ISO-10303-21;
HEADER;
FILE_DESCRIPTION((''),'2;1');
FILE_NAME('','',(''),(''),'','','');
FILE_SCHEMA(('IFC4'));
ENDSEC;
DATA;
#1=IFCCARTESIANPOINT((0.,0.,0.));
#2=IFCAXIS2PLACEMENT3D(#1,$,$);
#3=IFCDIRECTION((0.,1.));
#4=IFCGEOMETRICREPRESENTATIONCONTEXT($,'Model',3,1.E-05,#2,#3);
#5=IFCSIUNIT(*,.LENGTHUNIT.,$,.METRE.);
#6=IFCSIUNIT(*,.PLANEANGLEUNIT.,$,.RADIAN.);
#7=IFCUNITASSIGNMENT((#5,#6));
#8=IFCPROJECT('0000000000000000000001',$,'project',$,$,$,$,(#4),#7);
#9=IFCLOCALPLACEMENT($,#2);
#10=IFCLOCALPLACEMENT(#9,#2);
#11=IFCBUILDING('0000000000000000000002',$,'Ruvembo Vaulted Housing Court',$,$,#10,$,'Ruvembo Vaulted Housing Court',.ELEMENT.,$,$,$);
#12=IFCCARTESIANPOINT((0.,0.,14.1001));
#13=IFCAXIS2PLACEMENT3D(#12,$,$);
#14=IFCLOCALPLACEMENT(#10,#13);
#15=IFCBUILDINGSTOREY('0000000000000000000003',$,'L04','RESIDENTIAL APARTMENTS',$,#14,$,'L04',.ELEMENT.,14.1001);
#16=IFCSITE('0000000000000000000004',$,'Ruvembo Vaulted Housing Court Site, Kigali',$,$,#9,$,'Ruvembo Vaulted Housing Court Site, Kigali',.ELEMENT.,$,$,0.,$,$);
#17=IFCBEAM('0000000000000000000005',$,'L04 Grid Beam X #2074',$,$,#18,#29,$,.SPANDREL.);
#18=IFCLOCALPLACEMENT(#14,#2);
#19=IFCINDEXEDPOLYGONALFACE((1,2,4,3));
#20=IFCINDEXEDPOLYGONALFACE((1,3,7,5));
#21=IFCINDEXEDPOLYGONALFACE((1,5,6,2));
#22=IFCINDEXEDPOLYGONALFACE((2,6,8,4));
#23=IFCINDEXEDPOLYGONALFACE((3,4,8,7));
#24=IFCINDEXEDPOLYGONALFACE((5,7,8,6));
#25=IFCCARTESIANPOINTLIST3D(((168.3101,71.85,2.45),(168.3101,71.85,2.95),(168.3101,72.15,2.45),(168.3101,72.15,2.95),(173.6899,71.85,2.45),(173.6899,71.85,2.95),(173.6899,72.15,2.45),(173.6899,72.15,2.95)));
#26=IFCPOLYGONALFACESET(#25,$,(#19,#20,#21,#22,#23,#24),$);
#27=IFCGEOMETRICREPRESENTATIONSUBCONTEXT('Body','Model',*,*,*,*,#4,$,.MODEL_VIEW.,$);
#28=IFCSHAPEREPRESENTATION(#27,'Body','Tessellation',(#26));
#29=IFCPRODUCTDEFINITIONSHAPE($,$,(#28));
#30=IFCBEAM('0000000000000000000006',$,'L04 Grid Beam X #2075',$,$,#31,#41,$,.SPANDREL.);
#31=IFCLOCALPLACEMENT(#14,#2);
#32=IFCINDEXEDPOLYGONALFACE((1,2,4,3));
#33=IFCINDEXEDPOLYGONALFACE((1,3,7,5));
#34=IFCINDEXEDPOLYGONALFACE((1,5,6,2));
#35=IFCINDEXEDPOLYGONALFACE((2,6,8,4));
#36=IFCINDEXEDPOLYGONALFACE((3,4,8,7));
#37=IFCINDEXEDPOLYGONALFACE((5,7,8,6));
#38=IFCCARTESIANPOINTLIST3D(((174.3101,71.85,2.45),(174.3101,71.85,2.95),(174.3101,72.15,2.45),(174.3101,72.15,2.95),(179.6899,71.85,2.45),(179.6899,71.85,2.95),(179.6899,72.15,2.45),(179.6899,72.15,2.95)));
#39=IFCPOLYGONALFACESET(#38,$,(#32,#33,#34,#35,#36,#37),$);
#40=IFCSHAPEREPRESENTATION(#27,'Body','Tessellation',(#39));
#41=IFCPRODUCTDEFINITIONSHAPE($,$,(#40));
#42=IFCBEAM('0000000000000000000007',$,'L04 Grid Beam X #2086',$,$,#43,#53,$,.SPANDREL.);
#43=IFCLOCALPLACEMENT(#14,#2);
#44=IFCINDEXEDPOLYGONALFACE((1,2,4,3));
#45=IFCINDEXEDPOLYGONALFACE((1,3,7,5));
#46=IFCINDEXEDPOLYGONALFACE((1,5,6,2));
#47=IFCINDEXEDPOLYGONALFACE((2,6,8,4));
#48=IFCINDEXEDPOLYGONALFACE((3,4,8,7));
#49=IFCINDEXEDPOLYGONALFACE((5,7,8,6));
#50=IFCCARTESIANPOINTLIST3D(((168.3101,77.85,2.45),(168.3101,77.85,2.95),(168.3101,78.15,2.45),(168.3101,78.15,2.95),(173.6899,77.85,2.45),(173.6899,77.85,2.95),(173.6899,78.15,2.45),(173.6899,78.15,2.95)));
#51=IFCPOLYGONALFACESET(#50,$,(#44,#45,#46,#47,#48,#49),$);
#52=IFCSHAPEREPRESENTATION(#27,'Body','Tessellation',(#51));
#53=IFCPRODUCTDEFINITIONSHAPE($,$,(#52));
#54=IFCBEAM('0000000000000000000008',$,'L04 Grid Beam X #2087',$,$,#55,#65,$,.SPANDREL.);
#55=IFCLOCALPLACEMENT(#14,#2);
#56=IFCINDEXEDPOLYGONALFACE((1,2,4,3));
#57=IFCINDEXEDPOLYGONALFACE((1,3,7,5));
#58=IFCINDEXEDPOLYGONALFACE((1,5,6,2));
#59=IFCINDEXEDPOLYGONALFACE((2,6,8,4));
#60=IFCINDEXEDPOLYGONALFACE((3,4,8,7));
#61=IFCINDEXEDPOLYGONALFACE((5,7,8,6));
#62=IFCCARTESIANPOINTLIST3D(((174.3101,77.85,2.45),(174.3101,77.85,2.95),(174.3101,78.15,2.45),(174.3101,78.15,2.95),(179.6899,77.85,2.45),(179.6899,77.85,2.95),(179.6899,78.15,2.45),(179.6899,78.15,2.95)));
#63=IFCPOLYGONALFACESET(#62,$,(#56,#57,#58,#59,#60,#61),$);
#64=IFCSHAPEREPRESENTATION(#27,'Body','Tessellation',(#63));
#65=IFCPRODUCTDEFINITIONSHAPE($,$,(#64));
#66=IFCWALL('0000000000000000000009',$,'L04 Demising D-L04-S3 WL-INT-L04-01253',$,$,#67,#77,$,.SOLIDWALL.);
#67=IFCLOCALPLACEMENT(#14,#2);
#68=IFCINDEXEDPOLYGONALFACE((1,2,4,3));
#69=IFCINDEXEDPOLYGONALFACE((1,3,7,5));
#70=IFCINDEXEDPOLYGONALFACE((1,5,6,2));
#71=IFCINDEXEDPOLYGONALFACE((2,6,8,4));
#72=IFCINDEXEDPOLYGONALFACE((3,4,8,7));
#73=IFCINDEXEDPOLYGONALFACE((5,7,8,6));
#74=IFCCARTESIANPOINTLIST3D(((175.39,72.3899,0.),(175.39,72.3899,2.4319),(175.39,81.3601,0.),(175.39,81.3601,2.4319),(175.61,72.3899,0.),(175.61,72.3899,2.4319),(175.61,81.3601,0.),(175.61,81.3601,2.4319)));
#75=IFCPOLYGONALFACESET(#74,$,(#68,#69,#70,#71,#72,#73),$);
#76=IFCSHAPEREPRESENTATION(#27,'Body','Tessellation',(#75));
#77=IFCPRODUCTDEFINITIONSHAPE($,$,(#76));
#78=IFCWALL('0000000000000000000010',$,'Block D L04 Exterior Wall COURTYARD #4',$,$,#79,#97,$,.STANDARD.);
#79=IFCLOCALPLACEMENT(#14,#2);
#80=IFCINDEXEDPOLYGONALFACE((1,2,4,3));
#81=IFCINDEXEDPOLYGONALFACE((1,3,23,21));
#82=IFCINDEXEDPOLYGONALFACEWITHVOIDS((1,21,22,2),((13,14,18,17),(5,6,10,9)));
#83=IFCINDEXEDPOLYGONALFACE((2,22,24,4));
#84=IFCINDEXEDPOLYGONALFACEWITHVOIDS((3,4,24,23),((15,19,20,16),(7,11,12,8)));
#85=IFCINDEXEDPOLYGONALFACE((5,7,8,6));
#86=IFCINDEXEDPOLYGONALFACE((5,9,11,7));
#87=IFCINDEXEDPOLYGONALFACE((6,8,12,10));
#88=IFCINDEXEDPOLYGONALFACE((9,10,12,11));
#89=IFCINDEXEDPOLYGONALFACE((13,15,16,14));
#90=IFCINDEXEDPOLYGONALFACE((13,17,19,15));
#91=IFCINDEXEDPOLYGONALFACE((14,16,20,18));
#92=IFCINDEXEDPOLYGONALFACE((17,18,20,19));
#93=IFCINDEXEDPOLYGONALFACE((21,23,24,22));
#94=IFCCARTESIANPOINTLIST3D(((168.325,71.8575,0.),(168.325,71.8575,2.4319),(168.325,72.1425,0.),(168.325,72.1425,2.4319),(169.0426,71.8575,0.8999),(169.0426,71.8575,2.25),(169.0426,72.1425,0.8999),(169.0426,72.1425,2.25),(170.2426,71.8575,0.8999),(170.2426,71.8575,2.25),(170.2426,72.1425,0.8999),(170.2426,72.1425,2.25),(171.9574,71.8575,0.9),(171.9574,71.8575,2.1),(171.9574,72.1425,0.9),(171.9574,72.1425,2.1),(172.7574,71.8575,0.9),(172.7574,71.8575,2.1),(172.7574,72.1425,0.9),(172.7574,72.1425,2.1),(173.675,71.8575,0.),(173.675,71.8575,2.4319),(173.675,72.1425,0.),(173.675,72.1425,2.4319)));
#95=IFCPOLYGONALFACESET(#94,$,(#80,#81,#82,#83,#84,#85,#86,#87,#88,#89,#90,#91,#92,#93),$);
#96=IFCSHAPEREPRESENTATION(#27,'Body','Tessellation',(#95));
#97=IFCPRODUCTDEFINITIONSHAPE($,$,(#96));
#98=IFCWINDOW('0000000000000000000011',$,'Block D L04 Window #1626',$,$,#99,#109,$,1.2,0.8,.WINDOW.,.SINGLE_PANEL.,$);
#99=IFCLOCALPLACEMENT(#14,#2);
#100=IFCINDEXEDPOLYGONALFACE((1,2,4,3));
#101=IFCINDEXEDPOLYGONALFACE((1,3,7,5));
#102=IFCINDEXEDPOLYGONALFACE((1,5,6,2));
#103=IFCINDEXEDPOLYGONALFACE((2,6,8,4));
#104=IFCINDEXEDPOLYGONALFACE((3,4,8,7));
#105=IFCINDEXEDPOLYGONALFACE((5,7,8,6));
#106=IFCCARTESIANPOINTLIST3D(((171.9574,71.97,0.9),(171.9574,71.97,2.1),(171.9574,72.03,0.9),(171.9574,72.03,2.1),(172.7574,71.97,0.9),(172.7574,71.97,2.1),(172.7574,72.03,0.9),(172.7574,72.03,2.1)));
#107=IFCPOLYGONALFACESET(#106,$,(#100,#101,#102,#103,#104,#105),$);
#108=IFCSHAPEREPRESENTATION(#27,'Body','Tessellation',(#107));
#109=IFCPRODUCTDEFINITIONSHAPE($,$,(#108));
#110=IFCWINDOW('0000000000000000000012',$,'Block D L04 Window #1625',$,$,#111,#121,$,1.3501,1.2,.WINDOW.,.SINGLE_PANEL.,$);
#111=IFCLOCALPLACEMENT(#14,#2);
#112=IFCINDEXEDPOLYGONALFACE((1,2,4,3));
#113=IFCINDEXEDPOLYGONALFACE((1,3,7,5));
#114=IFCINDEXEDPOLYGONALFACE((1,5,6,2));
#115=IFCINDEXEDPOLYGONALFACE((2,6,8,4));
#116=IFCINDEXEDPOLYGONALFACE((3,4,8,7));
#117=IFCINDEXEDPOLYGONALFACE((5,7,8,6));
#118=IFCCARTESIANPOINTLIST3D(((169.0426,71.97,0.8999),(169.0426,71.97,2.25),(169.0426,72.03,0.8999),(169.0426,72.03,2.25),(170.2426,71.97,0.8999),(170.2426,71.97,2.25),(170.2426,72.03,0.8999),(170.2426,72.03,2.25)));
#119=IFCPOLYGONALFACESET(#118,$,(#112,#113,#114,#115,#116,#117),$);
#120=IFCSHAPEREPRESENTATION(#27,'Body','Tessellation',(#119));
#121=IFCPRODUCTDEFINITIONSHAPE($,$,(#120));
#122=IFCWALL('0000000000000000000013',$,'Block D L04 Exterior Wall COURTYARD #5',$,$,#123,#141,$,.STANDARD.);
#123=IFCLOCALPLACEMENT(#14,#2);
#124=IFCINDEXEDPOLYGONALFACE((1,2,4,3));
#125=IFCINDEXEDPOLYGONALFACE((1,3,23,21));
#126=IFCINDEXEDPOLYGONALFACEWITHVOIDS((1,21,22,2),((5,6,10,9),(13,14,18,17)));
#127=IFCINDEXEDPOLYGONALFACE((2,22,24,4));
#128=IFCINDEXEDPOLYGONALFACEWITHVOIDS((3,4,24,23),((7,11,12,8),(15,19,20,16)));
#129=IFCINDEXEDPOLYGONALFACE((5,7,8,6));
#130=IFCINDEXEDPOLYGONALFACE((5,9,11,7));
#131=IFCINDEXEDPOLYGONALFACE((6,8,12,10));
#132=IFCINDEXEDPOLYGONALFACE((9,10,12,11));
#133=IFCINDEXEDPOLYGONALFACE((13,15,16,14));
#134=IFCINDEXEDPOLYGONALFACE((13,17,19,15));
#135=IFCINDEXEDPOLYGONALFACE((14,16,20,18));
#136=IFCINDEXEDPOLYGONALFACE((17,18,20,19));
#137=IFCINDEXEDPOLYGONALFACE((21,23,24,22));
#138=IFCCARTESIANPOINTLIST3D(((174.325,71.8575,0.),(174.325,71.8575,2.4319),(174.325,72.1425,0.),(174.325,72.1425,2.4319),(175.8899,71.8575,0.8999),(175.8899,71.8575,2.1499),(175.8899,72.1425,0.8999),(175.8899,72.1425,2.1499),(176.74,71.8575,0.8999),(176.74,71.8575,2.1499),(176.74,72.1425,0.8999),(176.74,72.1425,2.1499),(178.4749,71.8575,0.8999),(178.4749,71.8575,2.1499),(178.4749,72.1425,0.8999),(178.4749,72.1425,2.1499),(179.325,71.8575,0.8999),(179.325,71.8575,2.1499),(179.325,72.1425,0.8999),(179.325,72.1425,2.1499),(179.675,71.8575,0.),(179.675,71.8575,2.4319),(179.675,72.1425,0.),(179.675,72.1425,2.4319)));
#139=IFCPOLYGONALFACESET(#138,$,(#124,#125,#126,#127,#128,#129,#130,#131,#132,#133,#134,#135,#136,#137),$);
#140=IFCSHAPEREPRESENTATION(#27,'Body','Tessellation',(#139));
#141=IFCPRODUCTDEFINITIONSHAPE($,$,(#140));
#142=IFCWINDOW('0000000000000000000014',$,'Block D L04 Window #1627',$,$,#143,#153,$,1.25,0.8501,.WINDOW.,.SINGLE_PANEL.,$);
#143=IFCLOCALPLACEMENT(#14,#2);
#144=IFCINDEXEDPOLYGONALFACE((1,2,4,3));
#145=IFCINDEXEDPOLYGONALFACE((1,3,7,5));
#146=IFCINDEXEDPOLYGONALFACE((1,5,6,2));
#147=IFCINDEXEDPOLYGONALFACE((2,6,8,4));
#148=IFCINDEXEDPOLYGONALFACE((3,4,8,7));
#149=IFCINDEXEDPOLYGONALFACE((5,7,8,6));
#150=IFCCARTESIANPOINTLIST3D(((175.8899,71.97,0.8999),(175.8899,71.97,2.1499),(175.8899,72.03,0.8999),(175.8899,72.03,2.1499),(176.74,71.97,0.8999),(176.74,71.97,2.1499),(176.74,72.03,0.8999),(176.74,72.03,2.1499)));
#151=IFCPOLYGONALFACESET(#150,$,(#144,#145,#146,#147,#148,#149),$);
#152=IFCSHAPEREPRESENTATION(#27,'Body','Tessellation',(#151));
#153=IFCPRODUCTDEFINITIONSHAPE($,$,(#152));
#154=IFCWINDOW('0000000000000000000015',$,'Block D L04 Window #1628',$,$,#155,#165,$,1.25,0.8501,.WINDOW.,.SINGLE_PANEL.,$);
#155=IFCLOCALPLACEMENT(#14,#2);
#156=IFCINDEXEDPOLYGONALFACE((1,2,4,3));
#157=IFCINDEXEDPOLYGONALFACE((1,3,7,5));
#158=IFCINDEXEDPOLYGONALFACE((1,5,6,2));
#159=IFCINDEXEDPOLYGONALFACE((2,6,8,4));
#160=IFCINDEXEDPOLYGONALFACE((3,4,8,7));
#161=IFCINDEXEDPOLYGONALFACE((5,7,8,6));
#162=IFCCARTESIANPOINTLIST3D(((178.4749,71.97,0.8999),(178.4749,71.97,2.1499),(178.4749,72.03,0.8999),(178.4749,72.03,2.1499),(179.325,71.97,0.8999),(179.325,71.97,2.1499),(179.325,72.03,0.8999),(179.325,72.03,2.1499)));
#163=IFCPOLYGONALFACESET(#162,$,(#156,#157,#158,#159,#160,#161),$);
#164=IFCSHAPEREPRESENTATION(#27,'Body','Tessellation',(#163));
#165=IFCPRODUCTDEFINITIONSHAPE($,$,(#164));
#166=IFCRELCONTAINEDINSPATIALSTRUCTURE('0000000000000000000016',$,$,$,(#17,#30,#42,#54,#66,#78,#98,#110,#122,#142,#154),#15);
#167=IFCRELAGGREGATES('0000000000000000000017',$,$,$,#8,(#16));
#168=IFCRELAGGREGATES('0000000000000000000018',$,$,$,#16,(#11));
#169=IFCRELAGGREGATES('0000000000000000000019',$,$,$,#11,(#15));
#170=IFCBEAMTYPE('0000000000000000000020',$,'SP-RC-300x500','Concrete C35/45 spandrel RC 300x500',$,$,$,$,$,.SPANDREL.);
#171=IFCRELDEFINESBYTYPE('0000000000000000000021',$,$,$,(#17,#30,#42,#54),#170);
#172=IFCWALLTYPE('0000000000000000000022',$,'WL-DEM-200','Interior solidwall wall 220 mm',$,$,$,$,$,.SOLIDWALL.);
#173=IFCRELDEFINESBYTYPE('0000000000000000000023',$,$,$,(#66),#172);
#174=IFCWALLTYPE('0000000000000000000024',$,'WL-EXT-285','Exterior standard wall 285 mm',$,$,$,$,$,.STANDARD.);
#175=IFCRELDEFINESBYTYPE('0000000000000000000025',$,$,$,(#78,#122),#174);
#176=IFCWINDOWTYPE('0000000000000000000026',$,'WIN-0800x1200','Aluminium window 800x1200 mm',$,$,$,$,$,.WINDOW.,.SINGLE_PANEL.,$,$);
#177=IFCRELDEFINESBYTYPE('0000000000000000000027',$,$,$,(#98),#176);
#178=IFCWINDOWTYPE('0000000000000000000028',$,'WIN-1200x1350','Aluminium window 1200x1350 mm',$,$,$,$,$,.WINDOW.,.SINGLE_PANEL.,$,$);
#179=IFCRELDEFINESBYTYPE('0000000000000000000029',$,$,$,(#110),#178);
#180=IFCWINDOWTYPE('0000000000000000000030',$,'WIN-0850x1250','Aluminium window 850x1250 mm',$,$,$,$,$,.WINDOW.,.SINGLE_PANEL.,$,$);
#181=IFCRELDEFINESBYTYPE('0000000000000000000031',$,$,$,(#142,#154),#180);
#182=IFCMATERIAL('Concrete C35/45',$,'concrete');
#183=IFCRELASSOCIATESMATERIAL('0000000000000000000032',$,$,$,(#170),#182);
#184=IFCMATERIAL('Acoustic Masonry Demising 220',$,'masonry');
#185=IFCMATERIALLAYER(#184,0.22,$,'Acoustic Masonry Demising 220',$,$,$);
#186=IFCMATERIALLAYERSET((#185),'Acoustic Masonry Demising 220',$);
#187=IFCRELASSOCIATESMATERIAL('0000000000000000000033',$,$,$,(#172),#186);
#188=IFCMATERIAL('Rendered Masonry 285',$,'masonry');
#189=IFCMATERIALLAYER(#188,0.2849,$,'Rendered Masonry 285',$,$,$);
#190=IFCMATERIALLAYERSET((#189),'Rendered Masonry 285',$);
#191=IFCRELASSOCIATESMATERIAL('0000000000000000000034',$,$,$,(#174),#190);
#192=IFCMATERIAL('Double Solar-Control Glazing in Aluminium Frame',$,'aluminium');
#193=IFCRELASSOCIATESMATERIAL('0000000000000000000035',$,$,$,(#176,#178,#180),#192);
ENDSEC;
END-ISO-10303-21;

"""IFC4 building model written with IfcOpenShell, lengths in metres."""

from ifc_helpers import new_model, si_unit, direction, frame, frame_2d, origin, origin_2d, place, context, subcontext, project, spatial, rectangle, extrude, material, layer, layer_set, material_profile, profile_set, type_object, element, fill, save


model = new_model("IFC4")

# Units and contexts
model_context = context("Model", 3, precision=1e-05, world=origin(), true_north=direction((0.0, 1.0)))
body_context = subcontext(model_context, "Body", "Model", "MODEL_VIEW")
ifc_project = project(units=[si_unit("LENGTHUNIT", "METRE"), si_unit("PLANEANGLEUNIT", "RADIAN")], contexts=[model_context])

# Site, building, storey
site_placement = place(None, origin())
site = spatial("IfcSite", under=ifc_project, at=site_placement, Name="Ruvembo Vaulted Housing Court Site, Kigali", LongName="Ruvembo Vaulted Housing Court Site, Kigali", CompositionType="ELEMENT", RefElevation=0.0)
building_placement = place(site_placement, origin())
building = spatial("IfcBuilding", under=site, at=building_placement, Name="Ruvembo Vaulted Housing Court", LongName="Ruvembo Vaulted Housing Court", CompositionType="ELEMENT")
storey_placement = place(building_placement, frame((0.0, 0.0, 14.1001)))
storey = spatial("IfcBuildingStorey", under=building, at=storey_placement, Name="L04", Description="RESIDENTIAL APARTMENTS", LongName="L04", CompositionType="ELEMENT", Elevation=14.1001)

# Beams
ifc_material_1 = material(Name="Concrete C35/45", Category="concrete")
ifc_material_profile_1 = material_profile(ifc_material_1, rectangle(XDim=0.3, YDim=0.5, at=origin_2d()), Name="RC 300x500")
ifc_profile_set_1 = profile_set([ifc_material_profile_1], Name="Concrete C35/45")
beam_type_1 = type_object("IfcBeamType", Name="SP-RC-300x500", Description="Concrete C35/45 spandrel RC 300x500", PredefinedType="SPANDREL", material=ifc_profile_set_1)
for number, where, z_axis, x_axis, name in (
    (1, (168.3101, 72.0, 2.7), (1.0, 0.0, 0.0), (0.0, 1.0, 0.0), "L04 Grid Beam X #2074"),
    (2, (174.3101, 72.0, 2.7), (1.0, 0.0, 0.0), (0.0, 1.0, 0.0), "L04 Grid Beam X #2075"),
    (3, (168.3101, 78.0, 2.7), (1.0, 0.0, 0.0), (0.0, 1.0, 0.0), "L04 Grid Beam X #2086"),
    (4, (174.3101, 78.0, 2.7), (1.0, 0.0, 0.0), (0.0, 1.0, 0.0), "L04 Grid Beam X #2087"),
):
    element("IfcBeam", number, at=place(storey_placement, frame(where, z_axis=z_axis, x_axis=x_axis)), inside=storey, type_object=beam_type_1, Name=name, PredefinedType="SPANDREL", context=body_context, shape_type="SweptSolid", body=[
        extrude(rectangle(XDim=0.3, YDim=0.5, at=origin_2d()), origin(), (0.0, 0.0, 1.0), 5.3799),
    ])

# Wall
ifc_material_2 = material(Name="Acoustic Masonry Demising 220", Category="masonry")
ifc_layer_1 = layer(ifc_material_2, 0.22, Name="Acoustic Masonry Demising 220")
ifc_layer_set_1 = layer_set([ifc_layer_1], Name="Acoustic Masonry Demising 220")
wall_type_1 = type_object("IfcWallType", Name="WL-DEM-200", Description="Interior solidwall wall 220 mm", PredefinedType="SOLIDWALL", material=ifc_layer_set_1)
wall_1_placement = place(storey_placement, frame((175.5, 72.3899, 0.0), z_axis=(0.0, 0.0, 1.0), x_axis=(0.0, 1.0, 0.0)))
element("IfcWall", 5, at=wall_1_placement, inside=storey, type_object=wall_type_1, Name="L04 Demising D-L04-S3 WL-INT-L04-01253", PredefinedType="SOLIDWALL", context=body_context, shape_type="SweptSolid", body=[
    extrude(rectangle(XDim=8.9702, YDim=0.22, at=frame_2d((4.4851, 0.0))), origin(), (0.0, 0.0, 1.0), 2.4319),
])

# Walls, openings, windows
ifc_material_3 = material(Name="Rendered Masonry 285", Category="masonry")
ifc_layer_2 = layer(ifc_material_3, 0.2849, Name="Rendered Masonry 285")
ifc_layer_set_2 = layer_set([ifc_layer_2], Name="Rendered Masonry 285")
wall_type_2 = type_object("IfcWallType", Name="WL-EXT-285", Description="Exterior standard wall 285 mm", PredefinedType="STANDARD", material=ifc_layer_set_2)
wall_2_placement = place(storey_placement, frame((168.325, 72.0, 0.0), z_axis=(0.0, 0.0, 1.0), x_axis=(1.0, 0.0, 0.0)))
wall_2 = element("IfcWall", 6, at=wall_2_placement, inside=storey, type_object=wall_type_2, Name="Block D L04 Exterior Wall COURTYARD #4", PredefinedType="STANDARD", context=body_context, shape_type="SweptSolid", body=[
    extrude(rectangle(XDim=5.3501, YDim=0.2849, at=frame_2d((2.675, 0.0))), origin(), (0.0, 0.0, 1.0), 2.4319),
])
opening_1_placement = place(wall_2_placement, frame((0.7175, 0.0, 0.8999)))
opening_1 = element("IfcOpeningElement", 7, at=opening_1_placement, cuts=wall_2, PredefinedType="OPENING", context=body_context, shape_type="SweptSolid", body=[
    extrude(rectangle(XDim=1.2, YDim=1.3501, at=frame_2d((0.6001, 0.675))), frame((0.0, 0.1523, 0.0), z_axis=(0.0, -1.0, 0.0), x_axis=(1.0, 0.0, 0.0)), (0.0, 0.0, 1.0), 0.3049),
])
opening_2_placement = place(wall_2_placement, frame((3.6326, 0.0, 0.8999)))
opening_2 = element("IfcOpeningElement", 8, at=opening_2_placement, cuts=wall_2, PredefinedType="OPENING", context=body_context, shape_type="SweptSolid", body=[
    extrude(rectangle(XDim=0.8, YDim=1.2, at=frame_2d((0.3999, 0.6001))), frame((0.0, 0.1523, 0.0), z_axis=(0.0, -1.0, 0.0), x_axis=(1.0, 0.0, 0.0)), (0.0, 0.0, 1.0), 0.3049),
])
ifc_material_4 = material(Name="Double Solar-Control Glazing in Aluminium Frame", Category="aluminium")
window_type_1 = type_object("IfcWindowType", Name="WIN-0800x1200", Description="Aluminium window 800x1200 mm", PartitioningType="SINGLE_PANEL", PredefinedType="WINDOW", material=ifc_material_4)
window_1_placement = place(opening_2_placement, origin())
window_1 = element("IfcWindow", 9, at=window_1_placement, inside=storey, type_object=window_type_1, Name="Block D L04 Window #1626", OverallHeight=1.2, OverallWidth=0.8, PartitioningType="SINGLE_PANEL", PredefinedType="WINDOW", context=body_context, shape_type="SweptSolid", body=[
    extrude(rectangle(XDim=0.8, YDim=1.2, at=frame_2d((0.3999, 0.6001))), frame((0.0, 0.03, 0.0), z_axis=(0.0, -1.0, 0.0), x_axis=(1.0, 0.0, 0.0)), (0.0, 0.0, 1.0), 0.0601),
])
fill(opening_2, window_1)
window_type_2 = type_object("IfcWindowType", Name="WIN-1200x1350", Description="Aluminium window 1200x1350 mm", PartitioningType="SINGLE_PANEL", PredefinedType="WINDOW", material=ifc_material_4)
window_2_placement = place(opening_1_placement, origin())
window_2 = element("IfcWindow", 10, at=window_2_placement, inside=storey, type_object=window_type_2, Name="Block D L04 Window #1625", OverallHeight=1.3501, OverallWidth=1.2, PartitioningType="SINGLE_PANEL", PredefinedType="WINDOW", context=body_context, shape_type="SweptSolid", body=[
    extrude(rectangle(XDim=1.2, YDim=1.3501, at=frame_2d((0.6001, 0.675))), frame((0.0, 0.03, 0.0), z_axis=(0.0, -1.0, 0.0), x_axis=(1.0, 0.0, 0.0)), (0.0, 0.0, 1.0), 0.0601),
])
fill(opening_1, window_2)
wall_3_placement = place(storey_placement, frame((174.325, 72.0, 0.0), z_axis=(0.0, 0.0, 1.0), x_axis=(1.0, 0.0, 0.0)))
wall_3 = element("IfcWall", 11, at=wall_3_placement, inside=storey, type_object=wall_type_2, Name="Block D L04 Exterior Wall COURTYARD #5", PredefinedType="STANDARD", context=body_context, shape_type="SweptSolid", body=[
    extrude(rectangle(XDim=5.3501, YDim=0.2849, at=frame_2d((2.675, 0.0))), origin(), (0.0, 0.0, 1.0), 2.4319),
])
opening_3_placement = place(wall_3_placement, frame((1.5649, 0.0, 0.8999)))
opening_3 = element("IfcOpeningElement", 12, at=opening_3_placement, cuts=wall_3, PredefinedType="OPENING", context=body_context, shape_type="SweptSolid", body=[
    extrude(rectangle(XDim=0.8501, YDim=1.25, at=frame_2d((0.425, 0.625))), frame((0.0, 0.1523, 0.0), z_axis=(0.0, -1.0, 0.0), x_axis=(1.0, 0.0, 0.0)), (0.0, 0.0, 1.0), 0.3049),
])
opening_4_placement = place(wall_3_placement, frame((4.1499, 0.0, 0.8999)))
opening_4 = element("IfcOpeningElement", 13, at=opening_4_placement, cuts=wall_3, PredefinedType="OPENING", context=body_context, shape_type="SweptSolid", body=[
    extrude(rectangle(XDim=0.8501, YDim=1.25, at=frame_2d((0.425, 0.625))), frame((0.0, 0.1523, 0.0), z_axis=(0.0, -1.0, 0.0), x_axis=(1.0, 0.0, 0.0)), (0.0, 0.0, 1.0), 0.3049),
])
window_type_3 = type_object("IfcWindowType", Name="WIN-0850x1250", Description="Aluminium window 850x1250 mm", PartitioningType="SINGLE_PANEL", PredefinedType="WINDOW", material=ifc_material_4)
window_3_placement = place(opening_3_placement, origin())
window_3 = element("IfcWindow", 14, at=window_3_placement, inside=storey, type_object=window_type_3, Name="Block D L04 Window #1627", OverallHeight=1.25, OverallWidth=0.8501, PartitioningType="SINGLE_PANEL", PredefinedType="WINDOW", context=body_context, shape_type="SweptSolid", body=[
    extrude(rectangle(XDim=0.8501, YDim=1.25, at=frame_2d((0.425, 0.625))), frame((0.0, 0.03, 0.0), z_axis=(0.0, -1.0, 0.0), x_axis=(1.0, 0.0, 0.0)), (0.0, 0.0, 1.0), 0.0601),
])
fill(opening_3, window_3)
window_4_placement = place(opening_4_placement, origin())
window_4 = element("IfcWindow", 15, at=window_4_placement, inside=storey, type_object=window_type_3, Name="Block D L04 Window #1628", OverallHeight=1.25, OverallWidth=0.8501, PartitioningType="SINGLE_PANEL", PredefinedType="WINDOW", context=body_context, shape_type="SweptSolid", body=[
    extrude(rectangle(XDim=0.8501, YDim=1.25, at=frame_2d((0.425, 0.625))), frame((0.0, 0.03, 0.0), z_axis=(0.0, -1.0, 0.0), x_axis=(1.0, 0.0, 0.0)), (0.0, 0.0, 1.0), 0.0601),
])
fill(opening_4, window_4)

save(model, "model.ifc")
